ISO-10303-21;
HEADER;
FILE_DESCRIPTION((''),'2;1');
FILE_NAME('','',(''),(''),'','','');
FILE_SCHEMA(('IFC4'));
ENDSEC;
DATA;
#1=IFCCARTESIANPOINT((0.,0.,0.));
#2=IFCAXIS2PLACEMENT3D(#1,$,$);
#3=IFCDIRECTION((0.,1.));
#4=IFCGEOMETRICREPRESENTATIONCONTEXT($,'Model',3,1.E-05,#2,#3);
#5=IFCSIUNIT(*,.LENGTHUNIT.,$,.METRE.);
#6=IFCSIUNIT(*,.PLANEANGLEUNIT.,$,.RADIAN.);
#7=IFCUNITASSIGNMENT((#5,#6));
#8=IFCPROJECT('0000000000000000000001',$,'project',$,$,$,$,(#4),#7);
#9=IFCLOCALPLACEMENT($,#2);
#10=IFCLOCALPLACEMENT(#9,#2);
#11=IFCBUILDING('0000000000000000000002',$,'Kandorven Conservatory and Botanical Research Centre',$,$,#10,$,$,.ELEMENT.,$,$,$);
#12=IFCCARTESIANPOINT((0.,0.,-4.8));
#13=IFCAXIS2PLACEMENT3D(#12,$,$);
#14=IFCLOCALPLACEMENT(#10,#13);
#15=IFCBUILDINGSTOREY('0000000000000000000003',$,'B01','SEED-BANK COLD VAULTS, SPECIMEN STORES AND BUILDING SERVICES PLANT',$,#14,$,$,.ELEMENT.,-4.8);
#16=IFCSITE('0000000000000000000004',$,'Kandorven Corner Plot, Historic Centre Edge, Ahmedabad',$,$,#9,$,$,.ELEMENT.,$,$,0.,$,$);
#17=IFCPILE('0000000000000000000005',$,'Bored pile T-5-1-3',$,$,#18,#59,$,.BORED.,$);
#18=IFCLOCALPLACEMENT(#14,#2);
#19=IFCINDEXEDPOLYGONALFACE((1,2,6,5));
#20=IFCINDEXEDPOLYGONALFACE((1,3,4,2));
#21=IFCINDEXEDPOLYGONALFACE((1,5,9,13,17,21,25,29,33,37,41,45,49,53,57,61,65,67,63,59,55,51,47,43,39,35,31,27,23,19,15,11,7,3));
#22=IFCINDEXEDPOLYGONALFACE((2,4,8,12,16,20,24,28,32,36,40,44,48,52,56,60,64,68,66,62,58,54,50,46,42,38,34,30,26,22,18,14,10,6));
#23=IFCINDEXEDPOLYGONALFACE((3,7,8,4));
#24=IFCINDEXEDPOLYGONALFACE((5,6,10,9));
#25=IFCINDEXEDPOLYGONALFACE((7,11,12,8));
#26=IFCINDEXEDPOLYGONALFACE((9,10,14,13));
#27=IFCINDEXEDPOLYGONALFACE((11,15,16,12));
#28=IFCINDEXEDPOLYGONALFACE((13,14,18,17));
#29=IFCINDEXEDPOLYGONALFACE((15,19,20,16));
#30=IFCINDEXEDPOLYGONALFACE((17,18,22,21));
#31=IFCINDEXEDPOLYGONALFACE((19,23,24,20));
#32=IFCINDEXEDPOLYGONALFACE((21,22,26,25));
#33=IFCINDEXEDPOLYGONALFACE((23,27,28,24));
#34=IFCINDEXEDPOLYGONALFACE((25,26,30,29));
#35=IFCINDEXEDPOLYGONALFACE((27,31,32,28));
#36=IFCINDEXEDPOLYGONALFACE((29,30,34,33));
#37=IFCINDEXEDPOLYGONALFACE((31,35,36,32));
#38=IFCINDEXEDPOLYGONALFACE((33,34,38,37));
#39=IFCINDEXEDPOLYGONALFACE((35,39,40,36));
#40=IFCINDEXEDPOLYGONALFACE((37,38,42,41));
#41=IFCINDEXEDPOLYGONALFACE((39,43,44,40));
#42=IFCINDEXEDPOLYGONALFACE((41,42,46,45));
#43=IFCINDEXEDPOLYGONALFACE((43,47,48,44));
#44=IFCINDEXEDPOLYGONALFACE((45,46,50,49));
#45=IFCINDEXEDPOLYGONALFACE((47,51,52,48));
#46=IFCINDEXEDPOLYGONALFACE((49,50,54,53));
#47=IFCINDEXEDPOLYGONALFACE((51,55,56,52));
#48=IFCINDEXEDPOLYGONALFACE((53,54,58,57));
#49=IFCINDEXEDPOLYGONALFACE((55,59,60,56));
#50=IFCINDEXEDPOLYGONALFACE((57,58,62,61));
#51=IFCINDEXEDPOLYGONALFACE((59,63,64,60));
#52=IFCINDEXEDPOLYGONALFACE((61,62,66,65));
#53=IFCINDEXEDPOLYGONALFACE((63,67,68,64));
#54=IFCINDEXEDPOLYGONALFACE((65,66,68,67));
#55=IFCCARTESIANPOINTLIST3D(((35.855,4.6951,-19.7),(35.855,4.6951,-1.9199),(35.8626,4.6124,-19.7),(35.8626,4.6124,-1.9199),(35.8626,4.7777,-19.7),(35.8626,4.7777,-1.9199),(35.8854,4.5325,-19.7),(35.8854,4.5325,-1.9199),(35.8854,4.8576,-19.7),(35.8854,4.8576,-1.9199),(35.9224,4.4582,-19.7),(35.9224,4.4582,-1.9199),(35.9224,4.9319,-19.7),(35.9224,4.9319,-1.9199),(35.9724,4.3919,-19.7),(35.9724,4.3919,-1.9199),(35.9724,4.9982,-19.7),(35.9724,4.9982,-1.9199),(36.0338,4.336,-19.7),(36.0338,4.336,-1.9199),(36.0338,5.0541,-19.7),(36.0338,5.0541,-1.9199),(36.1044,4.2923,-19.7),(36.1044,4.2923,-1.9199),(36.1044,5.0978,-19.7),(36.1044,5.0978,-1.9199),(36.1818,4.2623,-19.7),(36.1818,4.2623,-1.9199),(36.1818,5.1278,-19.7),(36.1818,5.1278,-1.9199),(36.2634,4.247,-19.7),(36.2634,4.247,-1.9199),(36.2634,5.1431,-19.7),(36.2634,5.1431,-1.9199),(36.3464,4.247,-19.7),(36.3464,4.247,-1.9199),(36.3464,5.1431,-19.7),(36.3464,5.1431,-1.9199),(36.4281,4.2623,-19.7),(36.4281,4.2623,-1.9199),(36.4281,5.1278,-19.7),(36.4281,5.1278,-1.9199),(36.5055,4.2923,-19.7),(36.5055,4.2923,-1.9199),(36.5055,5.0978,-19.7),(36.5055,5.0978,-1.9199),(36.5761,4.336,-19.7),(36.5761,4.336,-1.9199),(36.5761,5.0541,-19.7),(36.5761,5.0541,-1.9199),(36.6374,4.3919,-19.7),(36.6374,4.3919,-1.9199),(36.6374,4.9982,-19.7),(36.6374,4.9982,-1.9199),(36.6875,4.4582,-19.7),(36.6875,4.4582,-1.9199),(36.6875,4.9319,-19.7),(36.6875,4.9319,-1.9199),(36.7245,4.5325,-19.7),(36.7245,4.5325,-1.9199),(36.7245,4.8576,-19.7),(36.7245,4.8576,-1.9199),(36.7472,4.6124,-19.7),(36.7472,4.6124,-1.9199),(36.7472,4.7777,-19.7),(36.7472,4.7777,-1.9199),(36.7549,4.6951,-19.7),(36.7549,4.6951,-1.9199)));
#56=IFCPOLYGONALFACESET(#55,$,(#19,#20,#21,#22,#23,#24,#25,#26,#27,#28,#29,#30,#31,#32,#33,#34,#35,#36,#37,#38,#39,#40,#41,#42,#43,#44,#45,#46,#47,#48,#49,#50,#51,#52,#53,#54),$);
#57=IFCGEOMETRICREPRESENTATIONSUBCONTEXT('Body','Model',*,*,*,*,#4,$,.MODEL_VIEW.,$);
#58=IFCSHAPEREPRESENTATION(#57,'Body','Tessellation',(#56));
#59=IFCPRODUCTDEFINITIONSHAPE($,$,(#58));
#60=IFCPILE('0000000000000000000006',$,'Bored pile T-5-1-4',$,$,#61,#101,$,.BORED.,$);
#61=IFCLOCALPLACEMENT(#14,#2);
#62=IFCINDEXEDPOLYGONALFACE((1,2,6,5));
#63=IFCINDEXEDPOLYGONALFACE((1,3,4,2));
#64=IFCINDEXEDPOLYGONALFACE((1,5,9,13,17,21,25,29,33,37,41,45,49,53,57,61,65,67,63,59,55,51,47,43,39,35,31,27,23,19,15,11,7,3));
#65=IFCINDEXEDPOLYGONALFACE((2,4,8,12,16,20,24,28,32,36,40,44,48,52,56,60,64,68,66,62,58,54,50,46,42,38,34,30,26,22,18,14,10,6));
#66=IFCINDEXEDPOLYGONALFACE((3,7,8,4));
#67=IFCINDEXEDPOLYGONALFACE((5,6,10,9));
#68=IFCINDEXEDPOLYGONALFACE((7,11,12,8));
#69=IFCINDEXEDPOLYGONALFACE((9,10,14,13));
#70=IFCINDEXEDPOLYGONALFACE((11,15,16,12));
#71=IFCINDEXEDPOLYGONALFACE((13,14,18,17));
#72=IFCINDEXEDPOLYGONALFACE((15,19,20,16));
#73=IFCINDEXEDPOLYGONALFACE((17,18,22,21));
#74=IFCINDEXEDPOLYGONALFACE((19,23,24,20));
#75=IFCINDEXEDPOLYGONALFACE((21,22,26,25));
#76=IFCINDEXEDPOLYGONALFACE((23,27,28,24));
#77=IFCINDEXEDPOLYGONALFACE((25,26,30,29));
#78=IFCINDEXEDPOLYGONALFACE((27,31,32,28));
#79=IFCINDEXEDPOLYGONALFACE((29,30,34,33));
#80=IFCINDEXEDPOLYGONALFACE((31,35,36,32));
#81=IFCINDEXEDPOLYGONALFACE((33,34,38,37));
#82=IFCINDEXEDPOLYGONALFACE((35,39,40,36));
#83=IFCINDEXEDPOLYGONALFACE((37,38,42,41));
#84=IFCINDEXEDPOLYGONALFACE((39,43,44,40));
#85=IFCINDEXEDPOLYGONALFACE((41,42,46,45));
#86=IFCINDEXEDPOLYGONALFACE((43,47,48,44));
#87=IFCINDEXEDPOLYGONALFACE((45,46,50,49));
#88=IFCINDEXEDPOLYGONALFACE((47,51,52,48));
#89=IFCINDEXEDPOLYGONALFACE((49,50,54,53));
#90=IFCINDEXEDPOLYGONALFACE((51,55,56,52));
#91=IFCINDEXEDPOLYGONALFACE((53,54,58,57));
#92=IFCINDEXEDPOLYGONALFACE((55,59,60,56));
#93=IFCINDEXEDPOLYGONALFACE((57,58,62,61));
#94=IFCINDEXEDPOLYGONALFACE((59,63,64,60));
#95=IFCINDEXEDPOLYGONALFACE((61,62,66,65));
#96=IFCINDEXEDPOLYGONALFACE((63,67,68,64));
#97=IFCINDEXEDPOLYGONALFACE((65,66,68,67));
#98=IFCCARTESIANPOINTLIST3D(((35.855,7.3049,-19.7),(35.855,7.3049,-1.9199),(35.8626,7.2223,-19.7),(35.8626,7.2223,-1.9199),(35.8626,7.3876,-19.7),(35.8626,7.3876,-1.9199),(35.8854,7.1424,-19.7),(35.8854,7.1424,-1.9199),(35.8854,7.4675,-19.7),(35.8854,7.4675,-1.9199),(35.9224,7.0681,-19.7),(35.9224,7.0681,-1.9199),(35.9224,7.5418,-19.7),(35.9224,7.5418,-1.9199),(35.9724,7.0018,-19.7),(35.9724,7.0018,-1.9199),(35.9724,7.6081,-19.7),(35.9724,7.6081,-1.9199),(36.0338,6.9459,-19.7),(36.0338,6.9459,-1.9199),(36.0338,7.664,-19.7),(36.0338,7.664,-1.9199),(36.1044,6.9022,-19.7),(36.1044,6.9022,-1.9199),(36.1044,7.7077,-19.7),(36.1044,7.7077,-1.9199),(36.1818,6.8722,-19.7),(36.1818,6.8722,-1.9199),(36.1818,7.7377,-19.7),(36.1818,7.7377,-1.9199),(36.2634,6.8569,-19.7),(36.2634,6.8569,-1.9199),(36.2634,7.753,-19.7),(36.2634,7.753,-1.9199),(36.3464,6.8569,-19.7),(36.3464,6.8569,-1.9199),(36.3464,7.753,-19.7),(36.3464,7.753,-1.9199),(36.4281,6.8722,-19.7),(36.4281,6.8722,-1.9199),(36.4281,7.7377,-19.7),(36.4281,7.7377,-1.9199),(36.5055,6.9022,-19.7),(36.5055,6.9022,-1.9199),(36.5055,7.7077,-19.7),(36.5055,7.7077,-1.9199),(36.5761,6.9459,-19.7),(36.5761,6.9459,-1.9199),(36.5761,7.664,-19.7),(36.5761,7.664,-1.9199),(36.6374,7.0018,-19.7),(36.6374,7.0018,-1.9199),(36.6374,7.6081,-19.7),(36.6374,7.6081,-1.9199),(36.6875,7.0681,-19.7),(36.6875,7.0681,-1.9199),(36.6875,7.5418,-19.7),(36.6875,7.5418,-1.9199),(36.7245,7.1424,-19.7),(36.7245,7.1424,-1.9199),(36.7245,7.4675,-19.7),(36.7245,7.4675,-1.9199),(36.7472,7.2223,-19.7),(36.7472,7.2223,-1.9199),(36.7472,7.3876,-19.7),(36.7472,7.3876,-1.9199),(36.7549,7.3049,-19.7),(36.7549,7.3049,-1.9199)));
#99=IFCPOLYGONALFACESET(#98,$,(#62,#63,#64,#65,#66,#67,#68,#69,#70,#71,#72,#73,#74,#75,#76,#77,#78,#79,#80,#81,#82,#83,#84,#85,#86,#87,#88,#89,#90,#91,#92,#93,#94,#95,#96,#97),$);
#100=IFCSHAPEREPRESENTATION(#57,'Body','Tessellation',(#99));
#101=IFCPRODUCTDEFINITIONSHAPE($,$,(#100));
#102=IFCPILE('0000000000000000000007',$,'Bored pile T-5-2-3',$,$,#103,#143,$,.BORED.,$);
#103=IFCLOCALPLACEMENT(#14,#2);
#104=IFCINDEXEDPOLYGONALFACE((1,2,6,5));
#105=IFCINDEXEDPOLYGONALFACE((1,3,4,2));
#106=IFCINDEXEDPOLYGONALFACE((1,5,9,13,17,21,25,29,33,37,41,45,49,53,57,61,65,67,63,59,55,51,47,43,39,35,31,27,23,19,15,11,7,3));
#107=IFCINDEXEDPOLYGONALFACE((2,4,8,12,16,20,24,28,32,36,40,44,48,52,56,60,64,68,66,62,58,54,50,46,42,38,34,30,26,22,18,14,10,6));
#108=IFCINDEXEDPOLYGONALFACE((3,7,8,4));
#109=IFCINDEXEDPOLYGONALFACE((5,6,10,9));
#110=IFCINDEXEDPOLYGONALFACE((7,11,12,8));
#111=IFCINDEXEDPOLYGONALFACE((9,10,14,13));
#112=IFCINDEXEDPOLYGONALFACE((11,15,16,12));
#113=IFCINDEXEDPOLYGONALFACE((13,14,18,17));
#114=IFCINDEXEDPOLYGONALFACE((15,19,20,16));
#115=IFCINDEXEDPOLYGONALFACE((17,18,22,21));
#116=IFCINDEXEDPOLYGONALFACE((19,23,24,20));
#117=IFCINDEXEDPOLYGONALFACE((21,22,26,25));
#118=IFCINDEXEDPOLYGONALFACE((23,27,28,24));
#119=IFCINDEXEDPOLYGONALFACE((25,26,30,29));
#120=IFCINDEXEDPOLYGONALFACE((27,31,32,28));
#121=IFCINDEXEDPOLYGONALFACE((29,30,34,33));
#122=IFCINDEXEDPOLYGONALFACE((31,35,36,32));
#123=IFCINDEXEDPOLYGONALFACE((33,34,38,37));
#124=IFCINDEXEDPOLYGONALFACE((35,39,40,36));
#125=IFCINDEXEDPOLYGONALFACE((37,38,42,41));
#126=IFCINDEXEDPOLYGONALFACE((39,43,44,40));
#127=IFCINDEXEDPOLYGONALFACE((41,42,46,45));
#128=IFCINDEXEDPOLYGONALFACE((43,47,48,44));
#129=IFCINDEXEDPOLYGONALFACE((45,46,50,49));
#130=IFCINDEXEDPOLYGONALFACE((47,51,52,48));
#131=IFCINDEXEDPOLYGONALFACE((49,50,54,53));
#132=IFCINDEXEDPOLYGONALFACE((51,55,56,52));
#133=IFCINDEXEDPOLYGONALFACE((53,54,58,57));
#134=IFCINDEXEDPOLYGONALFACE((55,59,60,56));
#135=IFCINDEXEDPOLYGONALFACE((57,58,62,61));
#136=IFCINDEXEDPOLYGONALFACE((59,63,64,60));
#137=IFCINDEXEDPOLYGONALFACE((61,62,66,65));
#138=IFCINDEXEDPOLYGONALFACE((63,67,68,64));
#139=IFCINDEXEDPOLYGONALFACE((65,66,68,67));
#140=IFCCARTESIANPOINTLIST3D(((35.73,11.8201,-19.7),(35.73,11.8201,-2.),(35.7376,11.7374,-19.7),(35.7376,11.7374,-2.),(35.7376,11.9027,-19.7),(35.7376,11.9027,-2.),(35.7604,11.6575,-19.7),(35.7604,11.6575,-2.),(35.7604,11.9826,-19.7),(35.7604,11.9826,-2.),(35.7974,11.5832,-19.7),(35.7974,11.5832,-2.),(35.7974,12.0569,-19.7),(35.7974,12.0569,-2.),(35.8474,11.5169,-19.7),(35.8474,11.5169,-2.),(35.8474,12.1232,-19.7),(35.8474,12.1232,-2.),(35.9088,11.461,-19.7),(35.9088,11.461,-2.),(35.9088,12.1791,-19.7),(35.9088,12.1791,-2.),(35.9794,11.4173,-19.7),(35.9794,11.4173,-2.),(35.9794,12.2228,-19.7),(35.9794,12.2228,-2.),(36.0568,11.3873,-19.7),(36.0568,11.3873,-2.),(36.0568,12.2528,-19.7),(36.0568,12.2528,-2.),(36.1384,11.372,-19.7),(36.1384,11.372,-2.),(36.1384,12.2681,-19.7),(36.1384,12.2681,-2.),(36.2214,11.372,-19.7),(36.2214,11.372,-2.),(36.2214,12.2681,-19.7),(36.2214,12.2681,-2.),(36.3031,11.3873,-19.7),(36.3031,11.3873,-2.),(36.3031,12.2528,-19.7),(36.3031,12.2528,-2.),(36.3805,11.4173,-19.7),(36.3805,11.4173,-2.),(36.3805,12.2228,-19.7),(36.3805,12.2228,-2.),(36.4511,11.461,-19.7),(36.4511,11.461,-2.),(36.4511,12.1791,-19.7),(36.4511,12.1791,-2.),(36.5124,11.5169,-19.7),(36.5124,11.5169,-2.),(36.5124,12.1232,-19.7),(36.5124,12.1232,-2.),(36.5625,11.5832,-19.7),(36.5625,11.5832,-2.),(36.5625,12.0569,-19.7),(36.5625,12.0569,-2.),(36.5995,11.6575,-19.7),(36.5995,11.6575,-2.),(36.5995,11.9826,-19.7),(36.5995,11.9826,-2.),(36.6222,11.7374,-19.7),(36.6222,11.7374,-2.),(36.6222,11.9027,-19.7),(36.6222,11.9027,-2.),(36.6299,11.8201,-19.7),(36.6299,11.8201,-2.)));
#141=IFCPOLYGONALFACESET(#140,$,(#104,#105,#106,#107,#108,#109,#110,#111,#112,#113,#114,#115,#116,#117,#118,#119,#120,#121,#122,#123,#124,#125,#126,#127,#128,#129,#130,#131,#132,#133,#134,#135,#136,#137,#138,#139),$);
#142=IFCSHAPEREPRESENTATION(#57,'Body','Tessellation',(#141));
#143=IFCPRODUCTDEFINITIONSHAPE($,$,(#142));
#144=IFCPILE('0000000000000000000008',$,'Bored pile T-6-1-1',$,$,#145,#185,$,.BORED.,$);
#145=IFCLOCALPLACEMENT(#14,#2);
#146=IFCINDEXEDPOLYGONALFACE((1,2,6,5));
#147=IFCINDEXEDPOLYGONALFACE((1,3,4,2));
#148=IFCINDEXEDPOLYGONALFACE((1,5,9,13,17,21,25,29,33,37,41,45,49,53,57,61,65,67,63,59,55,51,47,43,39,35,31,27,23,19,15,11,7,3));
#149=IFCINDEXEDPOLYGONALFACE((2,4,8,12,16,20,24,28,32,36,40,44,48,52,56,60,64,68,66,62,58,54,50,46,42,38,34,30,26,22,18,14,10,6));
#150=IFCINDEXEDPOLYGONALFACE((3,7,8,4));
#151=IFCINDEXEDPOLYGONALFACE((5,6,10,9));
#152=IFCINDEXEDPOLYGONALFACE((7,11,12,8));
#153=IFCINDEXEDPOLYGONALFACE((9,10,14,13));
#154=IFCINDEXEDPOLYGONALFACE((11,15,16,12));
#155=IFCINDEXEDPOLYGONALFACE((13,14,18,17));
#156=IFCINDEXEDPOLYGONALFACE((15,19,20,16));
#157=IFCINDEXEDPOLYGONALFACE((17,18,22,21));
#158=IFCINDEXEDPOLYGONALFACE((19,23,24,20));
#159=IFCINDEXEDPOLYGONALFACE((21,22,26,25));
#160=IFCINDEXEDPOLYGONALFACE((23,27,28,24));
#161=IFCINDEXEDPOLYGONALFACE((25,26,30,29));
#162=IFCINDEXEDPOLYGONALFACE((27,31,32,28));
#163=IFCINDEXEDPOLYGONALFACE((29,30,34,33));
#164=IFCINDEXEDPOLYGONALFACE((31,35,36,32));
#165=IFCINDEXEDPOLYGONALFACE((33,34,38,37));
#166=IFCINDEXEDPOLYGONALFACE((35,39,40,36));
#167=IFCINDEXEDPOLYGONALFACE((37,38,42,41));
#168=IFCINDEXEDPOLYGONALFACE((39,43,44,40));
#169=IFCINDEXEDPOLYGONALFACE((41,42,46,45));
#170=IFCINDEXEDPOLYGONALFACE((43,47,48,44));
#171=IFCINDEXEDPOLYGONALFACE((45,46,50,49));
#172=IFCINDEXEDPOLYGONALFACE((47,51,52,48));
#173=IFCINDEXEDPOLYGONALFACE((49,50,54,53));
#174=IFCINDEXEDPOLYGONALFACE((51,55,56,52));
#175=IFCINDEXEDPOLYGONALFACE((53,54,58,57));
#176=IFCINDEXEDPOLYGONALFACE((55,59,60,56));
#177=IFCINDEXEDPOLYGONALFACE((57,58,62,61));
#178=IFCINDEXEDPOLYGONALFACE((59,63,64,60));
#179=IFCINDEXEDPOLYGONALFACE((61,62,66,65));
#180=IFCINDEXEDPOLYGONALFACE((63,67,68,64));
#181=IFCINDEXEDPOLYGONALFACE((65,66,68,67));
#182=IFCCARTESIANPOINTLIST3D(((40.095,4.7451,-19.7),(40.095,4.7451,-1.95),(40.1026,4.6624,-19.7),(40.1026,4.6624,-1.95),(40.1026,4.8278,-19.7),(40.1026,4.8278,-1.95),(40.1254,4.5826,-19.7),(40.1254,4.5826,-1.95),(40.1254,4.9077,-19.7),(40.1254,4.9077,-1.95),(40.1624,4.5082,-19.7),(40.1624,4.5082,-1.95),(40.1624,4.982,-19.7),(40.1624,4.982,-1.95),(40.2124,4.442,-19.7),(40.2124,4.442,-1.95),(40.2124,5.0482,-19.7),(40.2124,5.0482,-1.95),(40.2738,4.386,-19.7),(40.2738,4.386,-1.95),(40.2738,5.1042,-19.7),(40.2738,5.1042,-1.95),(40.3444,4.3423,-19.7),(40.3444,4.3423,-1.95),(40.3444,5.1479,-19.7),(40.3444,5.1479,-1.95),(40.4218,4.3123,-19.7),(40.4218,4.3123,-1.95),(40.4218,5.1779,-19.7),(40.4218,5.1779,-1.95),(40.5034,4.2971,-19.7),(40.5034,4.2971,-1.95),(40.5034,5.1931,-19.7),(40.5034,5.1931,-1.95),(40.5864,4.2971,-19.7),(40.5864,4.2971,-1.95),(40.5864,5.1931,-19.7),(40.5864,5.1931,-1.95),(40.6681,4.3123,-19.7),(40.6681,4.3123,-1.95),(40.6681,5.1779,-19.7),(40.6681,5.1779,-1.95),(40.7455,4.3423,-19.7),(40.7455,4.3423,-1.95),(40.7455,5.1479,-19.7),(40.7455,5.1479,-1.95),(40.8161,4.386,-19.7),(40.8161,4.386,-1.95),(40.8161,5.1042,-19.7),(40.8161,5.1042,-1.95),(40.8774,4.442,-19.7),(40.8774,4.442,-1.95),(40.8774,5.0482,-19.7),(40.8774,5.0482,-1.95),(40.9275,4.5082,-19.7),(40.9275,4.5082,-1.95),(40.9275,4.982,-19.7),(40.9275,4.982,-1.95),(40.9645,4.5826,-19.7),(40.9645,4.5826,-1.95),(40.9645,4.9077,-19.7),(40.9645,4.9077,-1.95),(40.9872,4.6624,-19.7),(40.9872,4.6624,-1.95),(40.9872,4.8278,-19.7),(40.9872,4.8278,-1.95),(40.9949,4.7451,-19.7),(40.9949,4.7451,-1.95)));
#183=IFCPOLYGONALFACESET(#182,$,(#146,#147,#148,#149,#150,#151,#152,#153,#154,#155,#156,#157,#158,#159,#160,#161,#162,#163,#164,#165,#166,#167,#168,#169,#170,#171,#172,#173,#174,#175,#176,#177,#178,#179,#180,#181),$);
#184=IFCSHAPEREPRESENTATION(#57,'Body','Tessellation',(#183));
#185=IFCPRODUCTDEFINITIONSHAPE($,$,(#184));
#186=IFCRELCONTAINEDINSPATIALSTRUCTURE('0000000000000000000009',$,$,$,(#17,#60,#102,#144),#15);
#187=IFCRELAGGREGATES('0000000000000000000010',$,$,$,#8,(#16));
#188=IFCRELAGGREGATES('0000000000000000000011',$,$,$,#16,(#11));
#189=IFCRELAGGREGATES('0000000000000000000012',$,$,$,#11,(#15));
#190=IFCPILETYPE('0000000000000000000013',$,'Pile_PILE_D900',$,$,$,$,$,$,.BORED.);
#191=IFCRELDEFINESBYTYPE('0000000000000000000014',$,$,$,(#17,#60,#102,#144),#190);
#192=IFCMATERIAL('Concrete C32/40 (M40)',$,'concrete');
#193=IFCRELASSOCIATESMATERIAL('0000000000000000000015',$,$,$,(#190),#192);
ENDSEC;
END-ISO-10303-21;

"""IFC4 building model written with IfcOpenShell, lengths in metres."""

from ifc_helpers import new_model, si_unit, direction, frame, origin, origin_2d, place, context, subcontext, project, spatial, circle, extrude, material, material_profile, profile_set, type_object, element, save


model = new_model("IFC4")

# Units and contexts
model_context = context("Model", 3, precision=1e-05, world=origin(), true_north=direction((0.0, 1.0)))
body_context = subcontext(model_context, "Body", "Model", "MODEL_VIEW")
ifc_project = project(units=[si_unit("LENGTHUNIT", "METRE"), si_unit("PLANEANGLEUNIT", "RADIAN")], contexts=[model_context])

# Site, building, storey
site_placement = place(None, origin())
site = spatial("IfcSite", under=ifc_project, at=site_placement, Name="Kandorven Corner Plot, Historic Centre Edge, Ahmedabad", CompositionType="ELEMENT", RefElevation=0.0)
building_placement = place(site_placement, origin())
building = spatial("IfcBuilding", under=site, at=building_placement, Name="Kandorven Conservatory and Botanical Research Centre", CompositionType="ELEMENT")
storey_placement = place(building_placement, frame((0.0, 0.0, -4.8)))
storey = spatial("IfcBuildingStorey", under=building, at=storey_placement, Name="B01", Description="SEED-BANK COLD VAULTS, SPECIMEN STORES AND BUILDING SERVICES PLANT", CompositionType="ELEMENT", Elevation=-4.8)

# Piles
ifc_material_1 = material(Name="Concrete C32/40 (M40)", Category="concrete")
ifc_material_profile_1 = material_profile(ifc_material_1, circle(Radius=0.45, at=origin_2d()))
ifc_profile_set_1 = profile_set([ifc_material_profile_1], Name="Concrete C32/40 (M40)")
pile_type_1 = type_object("IfcPileType", Name="Pile_PILE_D900", PredefinedType="BORED", material=ifc_profile_set_1)
for number, where, z_axis, x_axis, name in (
    (1, (36.3049, 4.6951, -1.9199), (0.0, 0.0, -1.0), (1.0, 0.0, 0.0), "Bored pile T-5-1-3"),
    (2, (36.3049, 7.3049, -1.9199), (0.0, 0.0, -1.0), (1.0, 0.0, 0.0), "Bored pile T-5-1-4"),
):
    element("IfcPile", number, at=place(storey_placement, frame(where, z_axis=z_axis, x_axis=x_axis)), inside=storey, type_object=pile_type_1, Name=name, PredefinedType="BORED", context=body_context, shape_type="SweptSolid", body=[
        extrude(circle(Radius=0.45, at=origin_2d()), origin(), (0.0, 0.0, 1.0), 17.78),
    ])
pile_1_placement = place(storey_placement, frame((36.1799, 11.8201, -2.0), z_axis=(0.0, 0.0, -1.0), x_axis=(1.0, 0.0, 0.0)))
element("IfcPile", 3, at=pile_1_placement, inside=storey, type_object=pile_type_1, Name="Bored pile T-5-2-3", PredefinedType="BORED", context=body_context, shape_type="SweptSolid", body=[
    extrude(circle(Radius=0.45, at=origin_2d()), origin(), (0.0, 0.0, 1.0), 17.7),
])
for number, where, z_axis, x_axis, name in (
    (4, (40.5449, 4.7451, -1.95), (0.0, 0.0, -1.0), (1.0, 0.0, 0.0), "Bored pile T-6-1-1"),
):
    element("IfcPile", number, at=place(storey_placement, frame(where, z_axis=z_axis, x_axis=x_axis)), inside=storey, type_object=pile_type_1, Name=name, PredefinedType="BORED", context=body_context, shape_type="SweptSolid", body=[
        extrude(circle(Radius=0.45, at=origin_2d()), origin(), (0.0, 0.0, 1.0), 17.75),
    ])

save(model, "model.ifc")
